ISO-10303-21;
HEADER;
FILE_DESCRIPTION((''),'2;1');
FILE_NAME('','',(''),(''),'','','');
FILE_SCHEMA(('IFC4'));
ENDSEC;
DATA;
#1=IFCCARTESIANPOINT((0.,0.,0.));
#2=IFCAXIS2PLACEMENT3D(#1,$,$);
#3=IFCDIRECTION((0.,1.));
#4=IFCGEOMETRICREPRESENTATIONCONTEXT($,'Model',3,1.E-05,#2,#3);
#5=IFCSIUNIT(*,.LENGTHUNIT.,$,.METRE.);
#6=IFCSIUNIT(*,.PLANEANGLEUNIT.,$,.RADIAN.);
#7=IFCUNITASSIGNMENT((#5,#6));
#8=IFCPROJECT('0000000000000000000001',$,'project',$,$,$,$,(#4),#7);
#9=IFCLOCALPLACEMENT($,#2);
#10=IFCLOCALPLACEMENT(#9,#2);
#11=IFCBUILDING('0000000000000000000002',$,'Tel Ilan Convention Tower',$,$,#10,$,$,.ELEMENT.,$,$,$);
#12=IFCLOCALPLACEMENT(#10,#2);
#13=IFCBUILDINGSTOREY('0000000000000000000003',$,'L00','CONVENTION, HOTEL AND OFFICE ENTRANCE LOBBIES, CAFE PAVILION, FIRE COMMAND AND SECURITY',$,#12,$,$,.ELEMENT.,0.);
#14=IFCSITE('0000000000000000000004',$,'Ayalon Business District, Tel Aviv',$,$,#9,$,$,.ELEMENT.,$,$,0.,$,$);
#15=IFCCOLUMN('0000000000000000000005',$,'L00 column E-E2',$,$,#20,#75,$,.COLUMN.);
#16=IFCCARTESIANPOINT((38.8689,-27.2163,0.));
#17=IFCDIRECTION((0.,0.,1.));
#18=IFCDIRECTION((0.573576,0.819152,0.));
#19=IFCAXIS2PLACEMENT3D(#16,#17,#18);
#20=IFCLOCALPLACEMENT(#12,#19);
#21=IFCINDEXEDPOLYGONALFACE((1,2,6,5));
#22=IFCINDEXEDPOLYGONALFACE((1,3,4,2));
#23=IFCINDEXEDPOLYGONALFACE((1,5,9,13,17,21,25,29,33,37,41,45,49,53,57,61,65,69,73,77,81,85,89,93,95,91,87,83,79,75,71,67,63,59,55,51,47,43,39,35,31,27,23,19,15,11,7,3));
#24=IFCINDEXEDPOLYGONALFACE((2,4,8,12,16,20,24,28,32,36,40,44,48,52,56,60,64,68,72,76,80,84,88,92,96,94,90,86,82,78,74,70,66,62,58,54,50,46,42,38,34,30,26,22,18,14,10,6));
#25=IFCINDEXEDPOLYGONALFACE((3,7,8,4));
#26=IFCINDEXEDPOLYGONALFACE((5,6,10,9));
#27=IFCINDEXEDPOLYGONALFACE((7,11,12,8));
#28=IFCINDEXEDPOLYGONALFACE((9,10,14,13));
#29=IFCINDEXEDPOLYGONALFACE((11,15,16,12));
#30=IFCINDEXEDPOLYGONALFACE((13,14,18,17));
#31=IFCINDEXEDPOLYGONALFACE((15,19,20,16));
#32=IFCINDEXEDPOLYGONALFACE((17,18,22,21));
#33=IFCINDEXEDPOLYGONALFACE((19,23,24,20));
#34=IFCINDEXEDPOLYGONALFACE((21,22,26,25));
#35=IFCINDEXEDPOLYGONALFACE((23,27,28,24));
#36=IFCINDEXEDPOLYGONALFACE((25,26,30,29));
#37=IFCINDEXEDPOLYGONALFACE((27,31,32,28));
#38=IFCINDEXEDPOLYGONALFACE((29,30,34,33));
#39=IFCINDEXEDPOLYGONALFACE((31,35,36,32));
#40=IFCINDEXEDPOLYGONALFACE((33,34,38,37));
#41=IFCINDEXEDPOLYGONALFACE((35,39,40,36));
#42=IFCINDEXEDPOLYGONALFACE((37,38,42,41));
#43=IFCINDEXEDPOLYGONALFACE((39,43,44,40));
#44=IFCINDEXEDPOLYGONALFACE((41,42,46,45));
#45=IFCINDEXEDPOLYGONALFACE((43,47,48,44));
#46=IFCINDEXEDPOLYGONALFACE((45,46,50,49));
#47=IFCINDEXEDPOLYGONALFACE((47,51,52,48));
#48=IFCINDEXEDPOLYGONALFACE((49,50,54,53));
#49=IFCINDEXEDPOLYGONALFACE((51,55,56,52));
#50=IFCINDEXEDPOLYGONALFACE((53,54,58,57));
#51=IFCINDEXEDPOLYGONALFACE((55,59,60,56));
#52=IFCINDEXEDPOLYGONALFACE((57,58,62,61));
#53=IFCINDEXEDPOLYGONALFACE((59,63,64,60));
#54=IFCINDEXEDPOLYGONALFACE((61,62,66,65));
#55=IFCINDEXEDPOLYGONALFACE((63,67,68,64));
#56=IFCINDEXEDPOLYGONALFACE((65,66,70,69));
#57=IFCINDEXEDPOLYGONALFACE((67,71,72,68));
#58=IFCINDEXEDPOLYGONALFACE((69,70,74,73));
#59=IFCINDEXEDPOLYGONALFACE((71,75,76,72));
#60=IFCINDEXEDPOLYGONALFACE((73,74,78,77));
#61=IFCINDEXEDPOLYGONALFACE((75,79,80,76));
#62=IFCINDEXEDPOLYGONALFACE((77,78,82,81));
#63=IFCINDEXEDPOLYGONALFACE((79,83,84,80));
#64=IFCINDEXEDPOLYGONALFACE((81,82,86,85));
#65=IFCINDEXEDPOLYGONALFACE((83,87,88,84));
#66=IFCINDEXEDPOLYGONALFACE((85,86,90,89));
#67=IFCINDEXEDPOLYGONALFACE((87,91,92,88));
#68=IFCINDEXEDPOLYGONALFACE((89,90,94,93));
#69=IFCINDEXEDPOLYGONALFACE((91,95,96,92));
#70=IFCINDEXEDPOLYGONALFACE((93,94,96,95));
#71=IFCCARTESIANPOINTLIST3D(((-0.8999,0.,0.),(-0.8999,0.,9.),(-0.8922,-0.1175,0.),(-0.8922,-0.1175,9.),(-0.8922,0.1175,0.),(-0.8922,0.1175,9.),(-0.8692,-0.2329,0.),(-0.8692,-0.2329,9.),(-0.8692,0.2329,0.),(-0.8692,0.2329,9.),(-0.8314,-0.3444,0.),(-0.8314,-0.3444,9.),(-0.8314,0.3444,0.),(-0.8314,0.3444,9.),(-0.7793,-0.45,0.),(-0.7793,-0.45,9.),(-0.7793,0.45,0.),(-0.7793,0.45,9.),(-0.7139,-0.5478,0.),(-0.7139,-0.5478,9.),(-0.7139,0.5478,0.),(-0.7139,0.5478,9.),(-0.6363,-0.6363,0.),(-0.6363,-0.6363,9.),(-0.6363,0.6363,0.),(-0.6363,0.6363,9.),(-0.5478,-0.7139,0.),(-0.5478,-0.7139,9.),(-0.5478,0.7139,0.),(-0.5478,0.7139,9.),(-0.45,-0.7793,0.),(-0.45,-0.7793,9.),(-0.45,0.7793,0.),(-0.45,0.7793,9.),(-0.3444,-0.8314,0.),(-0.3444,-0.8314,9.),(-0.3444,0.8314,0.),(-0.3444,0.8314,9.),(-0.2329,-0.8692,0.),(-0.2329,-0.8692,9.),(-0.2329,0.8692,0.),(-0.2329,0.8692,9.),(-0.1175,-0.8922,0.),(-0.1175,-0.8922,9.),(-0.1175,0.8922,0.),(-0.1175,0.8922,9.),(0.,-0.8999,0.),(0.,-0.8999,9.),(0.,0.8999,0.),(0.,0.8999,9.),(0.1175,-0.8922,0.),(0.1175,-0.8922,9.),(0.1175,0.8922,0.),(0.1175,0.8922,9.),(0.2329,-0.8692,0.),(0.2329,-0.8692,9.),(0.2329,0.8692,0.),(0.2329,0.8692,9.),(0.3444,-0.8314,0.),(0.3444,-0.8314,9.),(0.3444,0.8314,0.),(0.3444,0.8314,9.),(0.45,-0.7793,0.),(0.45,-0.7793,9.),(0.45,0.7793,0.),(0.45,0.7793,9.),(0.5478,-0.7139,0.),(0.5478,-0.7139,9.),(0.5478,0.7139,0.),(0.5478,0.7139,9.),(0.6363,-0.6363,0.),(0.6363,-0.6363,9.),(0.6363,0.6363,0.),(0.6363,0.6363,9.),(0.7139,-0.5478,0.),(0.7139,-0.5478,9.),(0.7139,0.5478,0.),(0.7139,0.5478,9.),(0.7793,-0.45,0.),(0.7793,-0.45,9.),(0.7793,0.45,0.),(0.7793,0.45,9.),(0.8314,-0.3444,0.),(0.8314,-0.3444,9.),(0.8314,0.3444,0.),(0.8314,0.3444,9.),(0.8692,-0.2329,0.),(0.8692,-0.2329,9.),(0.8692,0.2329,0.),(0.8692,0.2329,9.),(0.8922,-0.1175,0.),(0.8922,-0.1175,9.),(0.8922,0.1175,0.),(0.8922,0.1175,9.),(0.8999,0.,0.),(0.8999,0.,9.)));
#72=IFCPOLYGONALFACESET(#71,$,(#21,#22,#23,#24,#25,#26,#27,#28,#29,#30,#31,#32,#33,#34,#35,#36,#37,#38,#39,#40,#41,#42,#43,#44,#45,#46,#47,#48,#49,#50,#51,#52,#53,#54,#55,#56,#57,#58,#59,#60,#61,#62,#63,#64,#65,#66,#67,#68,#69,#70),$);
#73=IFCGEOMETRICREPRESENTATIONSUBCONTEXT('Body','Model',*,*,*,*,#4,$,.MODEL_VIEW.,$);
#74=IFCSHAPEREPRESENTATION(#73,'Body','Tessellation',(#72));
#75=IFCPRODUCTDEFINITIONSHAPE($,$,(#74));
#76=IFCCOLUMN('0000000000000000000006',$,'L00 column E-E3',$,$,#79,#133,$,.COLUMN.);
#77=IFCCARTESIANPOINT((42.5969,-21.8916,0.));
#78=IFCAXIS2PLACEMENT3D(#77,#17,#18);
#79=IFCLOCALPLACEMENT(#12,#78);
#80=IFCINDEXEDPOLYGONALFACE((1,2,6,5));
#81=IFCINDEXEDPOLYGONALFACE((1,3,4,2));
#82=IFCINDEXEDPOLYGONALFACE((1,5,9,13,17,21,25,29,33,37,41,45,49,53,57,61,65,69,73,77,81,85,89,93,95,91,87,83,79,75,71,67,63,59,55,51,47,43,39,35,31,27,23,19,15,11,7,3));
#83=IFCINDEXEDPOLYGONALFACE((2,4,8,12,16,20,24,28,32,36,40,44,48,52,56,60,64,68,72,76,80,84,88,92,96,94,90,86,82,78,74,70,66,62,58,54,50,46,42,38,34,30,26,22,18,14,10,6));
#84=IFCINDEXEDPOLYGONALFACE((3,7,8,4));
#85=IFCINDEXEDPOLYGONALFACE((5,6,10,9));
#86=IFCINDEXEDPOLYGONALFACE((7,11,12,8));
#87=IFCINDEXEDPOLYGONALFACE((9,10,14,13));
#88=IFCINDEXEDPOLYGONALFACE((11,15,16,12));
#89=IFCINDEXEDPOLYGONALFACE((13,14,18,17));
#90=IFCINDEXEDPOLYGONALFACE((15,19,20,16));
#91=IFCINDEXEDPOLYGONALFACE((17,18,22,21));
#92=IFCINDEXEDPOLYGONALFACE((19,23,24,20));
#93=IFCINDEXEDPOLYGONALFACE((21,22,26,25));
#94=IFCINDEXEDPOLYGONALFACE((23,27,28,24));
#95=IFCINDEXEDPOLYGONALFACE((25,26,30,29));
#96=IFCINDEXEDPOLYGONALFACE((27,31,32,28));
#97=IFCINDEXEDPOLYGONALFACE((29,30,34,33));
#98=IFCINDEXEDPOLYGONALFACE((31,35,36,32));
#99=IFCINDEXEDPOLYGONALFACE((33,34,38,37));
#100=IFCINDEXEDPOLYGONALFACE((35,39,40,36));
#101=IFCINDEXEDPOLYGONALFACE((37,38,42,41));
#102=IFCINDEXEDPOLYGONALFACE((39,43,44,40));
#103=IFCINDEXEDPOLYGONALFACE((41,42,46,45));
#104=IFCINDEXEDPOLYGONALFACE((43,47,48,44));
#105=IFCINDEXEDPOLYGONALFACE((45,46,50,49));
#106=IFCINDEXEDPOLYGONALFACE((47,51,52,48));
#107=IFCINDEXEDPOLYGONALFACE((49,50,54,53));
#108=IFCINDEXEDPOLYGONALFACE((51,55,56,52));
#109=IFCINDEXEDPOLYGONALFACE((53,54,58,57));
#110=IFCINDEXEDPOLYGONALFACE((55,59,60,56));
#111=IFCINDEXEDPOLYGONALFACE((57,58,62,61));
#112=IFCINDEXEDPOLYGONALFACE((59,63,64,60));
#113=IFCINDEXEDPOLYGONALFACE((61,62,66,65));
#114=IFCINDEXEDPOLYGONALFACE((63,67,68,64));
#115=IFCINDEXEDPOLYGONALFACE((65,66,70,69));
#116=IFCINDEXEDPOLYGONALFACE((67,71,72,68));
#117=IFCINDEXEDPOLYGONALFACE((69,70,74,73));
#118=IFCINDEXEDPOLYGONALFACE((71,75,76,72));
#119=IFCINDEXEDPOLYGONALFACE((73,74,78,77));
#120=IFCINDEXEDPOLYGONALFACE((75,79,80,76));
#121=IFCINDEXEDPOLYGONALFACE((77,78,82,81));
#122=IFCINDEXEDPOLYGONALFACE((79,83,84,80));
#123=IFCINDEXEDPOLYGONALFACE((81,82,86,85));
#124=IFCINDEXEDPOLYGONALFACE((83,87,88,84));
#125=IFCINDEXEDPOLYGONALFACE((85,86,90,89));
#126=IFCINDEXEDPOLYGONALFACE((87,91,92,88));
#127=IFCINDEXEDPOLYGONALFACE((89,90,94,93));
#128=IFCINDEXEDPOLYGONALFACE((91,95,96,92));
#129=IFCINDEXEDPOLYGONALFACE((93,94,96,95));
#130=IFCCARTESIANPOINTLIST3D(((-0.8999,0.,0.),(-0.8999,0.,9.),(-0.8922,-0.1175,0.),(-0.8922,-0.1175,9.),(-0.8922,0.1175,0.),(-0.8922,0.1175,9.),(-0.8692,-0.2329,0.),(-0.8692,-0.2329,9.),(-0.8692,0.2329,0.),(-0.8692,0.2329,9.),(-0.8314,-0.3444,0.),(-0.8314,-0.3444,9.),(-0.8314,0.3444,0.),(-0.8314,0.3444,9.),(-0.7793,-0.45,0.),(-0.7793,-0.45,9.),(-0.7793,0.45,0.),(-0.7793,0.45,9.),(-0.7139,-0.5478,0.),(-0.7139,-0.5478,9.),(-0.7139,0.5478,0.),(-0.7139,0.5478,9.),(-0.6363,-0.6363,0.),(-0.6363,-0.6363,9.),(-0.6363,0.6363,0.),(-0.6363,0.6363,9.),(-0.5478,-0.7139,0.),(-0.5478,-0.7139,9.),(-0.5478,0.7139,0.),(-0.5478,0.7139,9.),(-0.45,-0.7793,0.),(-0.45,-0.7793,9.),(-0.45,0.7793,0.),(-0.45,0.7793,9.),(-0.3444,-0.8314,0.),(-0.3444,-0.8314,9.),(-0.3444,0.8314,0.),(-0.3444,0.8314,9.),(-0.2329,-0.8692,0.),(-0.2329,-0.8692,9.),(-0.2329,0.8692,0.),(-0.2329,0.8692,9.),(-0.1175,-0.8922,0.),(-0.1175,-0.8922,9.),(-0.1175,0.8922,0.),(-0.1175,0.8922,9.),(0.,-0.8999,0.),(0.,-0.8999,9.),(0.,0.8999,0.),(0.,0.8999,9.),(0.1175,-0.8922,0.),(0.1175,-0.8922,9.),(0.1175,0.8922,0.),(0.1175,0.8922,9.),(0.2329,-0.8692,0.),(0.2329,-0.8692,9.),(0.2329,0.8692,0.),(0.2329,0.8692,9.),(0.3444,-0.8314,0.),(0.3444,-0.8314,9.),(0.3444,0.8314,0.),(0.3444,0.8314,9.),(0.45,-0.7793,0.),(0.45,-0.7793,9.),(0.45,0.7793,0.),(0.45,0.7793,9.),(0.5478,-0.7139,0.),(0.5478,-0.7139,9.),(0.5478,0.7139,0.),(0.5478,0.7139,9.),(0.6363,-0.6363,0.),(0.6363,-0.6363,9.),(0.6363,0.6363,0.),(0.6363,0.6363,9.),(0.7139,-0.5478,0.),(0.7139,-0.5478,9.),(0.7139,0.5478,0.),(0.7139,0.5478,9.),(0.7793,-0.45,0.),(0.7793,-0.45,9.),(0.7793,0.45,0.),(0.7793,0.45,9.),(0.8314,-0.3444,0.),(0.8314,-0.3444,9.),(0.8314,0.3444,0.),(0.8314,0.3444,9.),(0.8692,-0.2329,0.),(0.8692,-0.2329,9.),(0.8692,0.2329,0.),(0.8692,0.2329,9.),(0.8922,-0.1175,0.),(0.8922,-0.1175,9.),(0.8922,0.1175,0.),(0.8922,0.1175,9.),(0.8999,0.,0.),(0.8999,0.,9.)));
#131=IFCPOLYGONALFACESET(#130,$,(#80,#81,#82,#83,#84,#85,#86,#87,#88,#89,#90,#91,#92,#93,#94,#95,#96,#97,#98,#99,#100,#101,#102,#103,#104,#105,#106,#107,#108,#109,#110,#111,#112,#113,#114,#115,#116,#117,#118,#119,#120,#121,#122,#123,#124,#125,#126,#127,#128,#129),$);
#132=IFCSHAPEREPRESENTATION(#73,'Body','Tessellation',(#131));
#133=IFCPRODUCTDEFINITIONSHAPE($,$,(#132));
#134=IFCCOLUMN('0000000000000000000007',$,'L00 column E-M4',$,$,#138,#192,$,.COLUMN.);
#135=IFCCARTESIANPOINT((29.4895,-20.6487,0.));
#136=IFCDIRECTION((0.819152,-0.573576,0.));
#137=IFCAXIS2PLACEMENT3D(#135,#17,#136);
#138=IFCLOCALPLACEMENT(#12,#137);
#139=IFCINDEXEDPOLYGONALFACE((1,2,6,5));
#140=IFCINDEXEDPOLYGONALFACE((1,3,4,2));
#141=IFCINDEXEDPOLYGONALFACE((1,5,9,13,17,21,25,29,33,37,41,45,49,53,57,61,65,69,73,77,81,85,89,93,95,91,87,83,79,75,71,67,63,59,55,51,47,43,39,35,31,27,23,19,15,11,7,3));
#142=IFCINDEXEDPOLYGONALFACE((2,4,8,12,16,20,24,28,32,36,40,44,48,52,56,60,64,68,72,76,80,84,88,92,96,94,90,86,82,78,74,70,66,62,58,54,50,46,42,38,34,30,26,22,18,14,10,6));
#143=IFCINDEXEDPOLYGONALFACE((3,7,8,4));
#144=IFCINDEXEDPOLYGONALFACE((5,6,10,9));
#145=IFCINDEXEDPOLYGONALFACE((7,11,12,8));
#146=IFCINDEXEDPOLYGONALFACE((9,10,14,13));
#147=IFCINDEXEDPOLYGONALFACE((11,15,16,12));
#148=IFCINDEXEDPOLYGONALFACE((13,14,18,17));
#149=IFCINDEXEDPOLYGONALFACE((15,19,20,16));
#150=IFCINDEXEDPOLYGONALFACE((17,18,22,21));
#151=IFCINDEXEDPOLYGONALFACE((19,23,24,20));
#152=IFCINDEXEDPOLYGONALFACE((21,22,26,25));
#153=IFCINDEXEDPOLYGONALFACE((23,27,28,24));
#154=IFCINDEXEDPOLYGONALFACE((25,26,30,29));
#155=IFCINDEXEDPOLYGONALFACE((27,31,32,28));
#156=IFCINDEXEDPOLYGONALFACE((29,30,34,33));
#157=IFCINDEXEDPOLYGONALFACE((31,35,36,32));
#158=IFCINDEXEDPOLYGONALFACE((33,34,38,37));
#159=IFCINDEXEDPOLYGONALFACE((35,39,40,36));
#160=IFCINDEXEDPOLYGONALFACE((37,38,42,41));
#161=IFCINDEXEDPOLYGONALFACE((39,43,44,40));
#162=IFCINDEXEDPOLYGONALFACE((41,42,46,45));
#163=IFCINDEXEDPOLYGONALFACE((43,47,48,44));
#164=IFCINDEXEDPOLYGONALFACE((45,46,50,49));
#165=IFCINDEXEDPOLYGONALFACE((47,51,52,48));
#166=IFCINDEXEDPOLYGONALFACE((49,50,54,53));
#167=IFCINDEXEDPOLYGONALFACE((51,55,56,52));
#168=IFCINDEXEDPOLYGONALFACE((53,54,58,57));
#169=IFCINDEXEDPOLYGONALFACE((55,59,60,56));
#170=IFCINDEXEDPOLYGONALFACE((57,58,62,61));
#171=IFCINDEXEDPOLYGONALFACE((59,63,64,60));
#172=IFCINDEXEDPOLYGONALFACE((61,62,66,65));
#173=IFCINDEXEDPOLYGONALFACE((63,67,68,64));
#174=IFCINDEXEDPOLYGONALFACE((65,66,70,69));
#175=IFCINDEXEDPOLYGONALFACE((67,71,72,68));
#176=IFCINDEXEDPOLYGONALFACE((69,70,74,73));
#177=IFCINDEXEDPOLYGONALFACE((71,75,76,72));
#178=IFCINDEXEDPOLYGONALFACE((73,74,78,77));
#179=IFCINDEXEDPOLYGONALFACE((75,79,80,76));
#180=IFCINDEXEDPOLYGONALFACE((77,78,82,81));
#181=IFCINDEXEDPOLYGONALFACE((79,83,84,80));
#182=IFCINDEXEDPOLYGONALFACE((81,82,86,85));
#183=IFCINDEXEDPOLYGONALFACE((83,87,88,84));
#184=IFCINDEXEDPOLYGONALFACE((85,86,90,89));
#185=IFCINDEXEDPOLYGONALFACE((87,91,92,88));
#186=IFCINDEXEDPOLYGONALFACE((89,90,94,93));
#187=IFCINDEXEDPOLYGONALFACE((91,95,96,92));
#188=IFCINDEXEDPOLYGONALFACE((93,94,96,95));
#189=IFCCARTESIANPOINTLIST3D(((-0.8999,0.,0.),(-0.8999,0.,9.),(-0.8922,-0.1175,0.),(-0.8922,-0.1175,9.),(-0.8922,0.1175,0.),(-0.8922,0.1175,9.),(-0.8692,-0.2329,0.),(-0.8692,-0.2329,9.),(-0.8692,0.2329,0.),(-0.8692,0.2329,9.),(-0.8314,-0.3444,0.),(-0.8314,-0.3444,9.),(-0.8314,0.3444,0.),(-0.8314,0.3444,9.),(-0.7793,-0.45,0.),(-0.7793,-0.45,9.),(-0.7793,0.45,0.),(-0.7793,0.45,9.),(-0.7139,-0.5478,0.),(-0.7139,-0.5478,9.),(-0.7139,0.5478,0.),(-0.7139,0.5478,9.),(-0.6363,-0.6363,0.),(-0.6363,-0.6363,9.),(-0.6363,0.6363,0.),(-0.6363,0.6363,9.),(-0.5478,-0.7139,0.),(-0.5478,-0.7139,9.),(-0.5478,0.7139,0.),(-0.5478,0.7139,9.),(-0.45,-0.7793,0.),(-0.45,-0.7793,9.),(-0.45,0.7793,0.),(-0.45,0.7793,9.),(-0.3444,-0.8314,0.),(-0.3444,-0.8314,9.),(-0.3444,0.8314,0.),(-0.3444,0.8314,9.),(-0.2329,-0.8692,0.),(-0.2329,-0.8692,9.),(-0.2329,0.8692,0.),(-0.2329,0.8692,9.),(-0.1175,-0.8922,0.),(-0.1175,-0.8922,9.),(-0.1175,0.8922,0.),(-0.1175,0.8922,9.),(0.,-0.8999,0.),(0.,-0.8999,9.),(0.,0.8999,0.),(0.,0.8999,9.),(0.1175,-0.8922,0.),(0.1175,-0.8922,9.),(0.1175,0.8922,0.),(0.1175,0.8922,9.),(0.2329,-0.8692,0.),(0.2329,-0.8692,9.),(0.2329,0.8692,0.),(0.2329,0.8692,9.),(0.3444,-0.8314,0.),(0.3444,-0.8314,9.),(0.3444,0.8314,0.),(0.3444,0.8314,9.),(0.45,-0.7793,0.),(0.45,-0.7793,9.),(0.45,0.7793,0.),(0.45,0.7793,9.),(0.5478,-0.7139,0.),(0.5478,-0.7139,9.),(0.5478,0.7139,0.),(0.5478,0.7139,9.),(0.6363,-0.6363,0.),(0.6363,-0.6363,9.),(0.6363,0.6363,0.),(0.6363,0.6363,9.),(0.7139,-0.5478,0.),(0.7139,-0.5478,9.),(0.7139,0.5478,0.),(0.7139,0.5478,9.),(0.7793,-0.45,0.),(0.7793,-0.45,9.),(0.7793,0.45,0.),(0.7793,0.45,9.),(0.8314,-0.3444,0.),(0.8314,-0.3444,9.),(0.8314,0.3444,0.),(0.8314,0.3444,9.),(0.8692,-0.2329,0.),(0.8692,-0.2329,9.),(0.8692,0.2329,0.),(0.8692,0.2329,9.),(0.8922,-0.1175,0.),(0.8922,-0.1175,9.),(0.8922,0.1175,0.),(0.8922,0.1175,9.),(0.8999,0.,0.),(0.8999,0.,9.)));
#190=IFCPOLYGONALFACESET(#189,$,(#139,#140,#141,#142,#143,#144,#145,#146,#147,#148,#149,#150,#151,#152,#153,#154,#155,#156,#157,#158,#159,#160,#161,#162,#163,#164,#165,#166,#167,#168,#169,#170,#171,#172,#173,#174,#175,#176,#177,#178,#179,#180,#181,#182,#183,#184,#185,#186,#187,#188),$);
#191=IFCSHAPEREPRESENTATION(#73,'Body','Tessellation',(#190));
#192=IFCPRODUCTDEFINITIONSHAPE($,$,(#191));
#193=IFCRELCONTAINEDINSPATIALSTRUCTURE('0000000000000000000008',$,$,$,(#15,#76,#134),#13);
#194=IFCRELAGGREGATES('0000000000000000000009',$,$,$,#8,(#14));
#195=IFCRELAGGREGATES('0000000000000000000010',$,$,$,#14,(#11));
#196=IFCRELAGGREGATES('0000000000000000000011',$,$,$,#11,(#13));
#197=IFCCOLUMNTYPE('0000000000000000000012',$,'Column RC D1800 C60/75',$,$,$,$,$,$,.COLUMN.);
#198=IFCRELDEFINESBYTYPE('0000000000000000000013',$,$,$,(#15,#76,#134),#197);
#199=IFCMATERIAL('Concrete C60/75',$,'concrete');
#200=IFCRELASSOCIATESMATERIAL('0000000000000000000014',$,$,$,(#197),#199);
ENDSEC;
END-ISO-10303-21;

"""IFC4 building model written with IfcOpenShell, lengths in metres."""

from ifc_helpers import new_model, si_unit, direction, frame, origin, origin_2d, place, context, subcontext, project, spatial, circle, extrude, material, material_profile, profile_set, type_object, element, save


model = new_model("IFC4")

# Units and contexts
model_context = context("Model", 3, precision=1e-05, world=origin(), true_north=direction((0.0, 1.0)))
body_context = subcontext(model_context, "Body", "Model", "MODEL_VIEW")
ifc_project = project(units=[si_unit("LENGTHUNIT", "METRE"), si_unit("PLANEANGLEUNIT", "RADIAN")], contexts=[model_context])

# Site, building, storey
site_placement = place(None, origin())
site = spatial("IfcSite", under=ifc_project, at=site_placement, Name="Ayalon Business District, Tel Aviv", CompositionType="ELEMENT", RefElevation=0.0)
building_placement = place(site_placement, origin())
building = spatial("IfcBuilding", under=site, at=building_placement, Name="Tel Ilan Convention Tower", CompositionType="ELEMENT")
storey_placement = place(building_placement, origin())
storey = spatial("IfcBuildingStorey", under=building, at=storey_placement, Name="L00", Description="CONVENTION, HOTEL AND OFFICE ENTRANCE LOBBIES, CAFE PAVILION, FIRE COMMAND AND SECURITY", CompositionType="ELEMENT", Elevation=0.0)

# Columns
ifc_material_1 = material(Name="Concrete C60/75", Category="concrete")
ifc_material_profile_1 = material_profile(ifc_material_1, circle(Radius=0.8999, at=origin_2d()), Name="RC D1800")
ifc_profile_set_1 = profile_set([ifc_material_profile_1], Name="Concrete C60/75")
column_type = type_object("IfcColumnType", Name="Column RC D1800 C60/75", PredefinedType="COLUMN", material=ifc_profile_set_1)
for number, where, z_axis, x_axis, name in (
    (1, (38.8689, -27.2163, 0.0), (0.0, 0.0, 1.0), (0.573576, 0.819152, 0.0), "L00 column E-E2"),
    (2, (42.5969, -21.8916, 0.0), (0.0, 0.0, 1.0), (0.573576, 0.819152, 0.0), "L00 column E-E3"),
    (3, (29.4895, -20.6487, 0.0), (0.0, 0.0, 1.0), (0.819152, -0.573576, 0.0), "L00 column E-M4"),
):
    element("IfcColumn", number, at=place(storey_placement, frame(where, z_axis=z_axis, x_axis=x_axis)), inside=storey, type_object=column_type, Name=name, PredefinedType="COLUMN", context=body_context, shape_type="SweptSolid", body=[
        extrude(circle(Radius=0.8999, at=origin_2d()), origin(), (0.0, 0.0, 1.0), 9.0),
    ])

save(model, "model.ifc")
